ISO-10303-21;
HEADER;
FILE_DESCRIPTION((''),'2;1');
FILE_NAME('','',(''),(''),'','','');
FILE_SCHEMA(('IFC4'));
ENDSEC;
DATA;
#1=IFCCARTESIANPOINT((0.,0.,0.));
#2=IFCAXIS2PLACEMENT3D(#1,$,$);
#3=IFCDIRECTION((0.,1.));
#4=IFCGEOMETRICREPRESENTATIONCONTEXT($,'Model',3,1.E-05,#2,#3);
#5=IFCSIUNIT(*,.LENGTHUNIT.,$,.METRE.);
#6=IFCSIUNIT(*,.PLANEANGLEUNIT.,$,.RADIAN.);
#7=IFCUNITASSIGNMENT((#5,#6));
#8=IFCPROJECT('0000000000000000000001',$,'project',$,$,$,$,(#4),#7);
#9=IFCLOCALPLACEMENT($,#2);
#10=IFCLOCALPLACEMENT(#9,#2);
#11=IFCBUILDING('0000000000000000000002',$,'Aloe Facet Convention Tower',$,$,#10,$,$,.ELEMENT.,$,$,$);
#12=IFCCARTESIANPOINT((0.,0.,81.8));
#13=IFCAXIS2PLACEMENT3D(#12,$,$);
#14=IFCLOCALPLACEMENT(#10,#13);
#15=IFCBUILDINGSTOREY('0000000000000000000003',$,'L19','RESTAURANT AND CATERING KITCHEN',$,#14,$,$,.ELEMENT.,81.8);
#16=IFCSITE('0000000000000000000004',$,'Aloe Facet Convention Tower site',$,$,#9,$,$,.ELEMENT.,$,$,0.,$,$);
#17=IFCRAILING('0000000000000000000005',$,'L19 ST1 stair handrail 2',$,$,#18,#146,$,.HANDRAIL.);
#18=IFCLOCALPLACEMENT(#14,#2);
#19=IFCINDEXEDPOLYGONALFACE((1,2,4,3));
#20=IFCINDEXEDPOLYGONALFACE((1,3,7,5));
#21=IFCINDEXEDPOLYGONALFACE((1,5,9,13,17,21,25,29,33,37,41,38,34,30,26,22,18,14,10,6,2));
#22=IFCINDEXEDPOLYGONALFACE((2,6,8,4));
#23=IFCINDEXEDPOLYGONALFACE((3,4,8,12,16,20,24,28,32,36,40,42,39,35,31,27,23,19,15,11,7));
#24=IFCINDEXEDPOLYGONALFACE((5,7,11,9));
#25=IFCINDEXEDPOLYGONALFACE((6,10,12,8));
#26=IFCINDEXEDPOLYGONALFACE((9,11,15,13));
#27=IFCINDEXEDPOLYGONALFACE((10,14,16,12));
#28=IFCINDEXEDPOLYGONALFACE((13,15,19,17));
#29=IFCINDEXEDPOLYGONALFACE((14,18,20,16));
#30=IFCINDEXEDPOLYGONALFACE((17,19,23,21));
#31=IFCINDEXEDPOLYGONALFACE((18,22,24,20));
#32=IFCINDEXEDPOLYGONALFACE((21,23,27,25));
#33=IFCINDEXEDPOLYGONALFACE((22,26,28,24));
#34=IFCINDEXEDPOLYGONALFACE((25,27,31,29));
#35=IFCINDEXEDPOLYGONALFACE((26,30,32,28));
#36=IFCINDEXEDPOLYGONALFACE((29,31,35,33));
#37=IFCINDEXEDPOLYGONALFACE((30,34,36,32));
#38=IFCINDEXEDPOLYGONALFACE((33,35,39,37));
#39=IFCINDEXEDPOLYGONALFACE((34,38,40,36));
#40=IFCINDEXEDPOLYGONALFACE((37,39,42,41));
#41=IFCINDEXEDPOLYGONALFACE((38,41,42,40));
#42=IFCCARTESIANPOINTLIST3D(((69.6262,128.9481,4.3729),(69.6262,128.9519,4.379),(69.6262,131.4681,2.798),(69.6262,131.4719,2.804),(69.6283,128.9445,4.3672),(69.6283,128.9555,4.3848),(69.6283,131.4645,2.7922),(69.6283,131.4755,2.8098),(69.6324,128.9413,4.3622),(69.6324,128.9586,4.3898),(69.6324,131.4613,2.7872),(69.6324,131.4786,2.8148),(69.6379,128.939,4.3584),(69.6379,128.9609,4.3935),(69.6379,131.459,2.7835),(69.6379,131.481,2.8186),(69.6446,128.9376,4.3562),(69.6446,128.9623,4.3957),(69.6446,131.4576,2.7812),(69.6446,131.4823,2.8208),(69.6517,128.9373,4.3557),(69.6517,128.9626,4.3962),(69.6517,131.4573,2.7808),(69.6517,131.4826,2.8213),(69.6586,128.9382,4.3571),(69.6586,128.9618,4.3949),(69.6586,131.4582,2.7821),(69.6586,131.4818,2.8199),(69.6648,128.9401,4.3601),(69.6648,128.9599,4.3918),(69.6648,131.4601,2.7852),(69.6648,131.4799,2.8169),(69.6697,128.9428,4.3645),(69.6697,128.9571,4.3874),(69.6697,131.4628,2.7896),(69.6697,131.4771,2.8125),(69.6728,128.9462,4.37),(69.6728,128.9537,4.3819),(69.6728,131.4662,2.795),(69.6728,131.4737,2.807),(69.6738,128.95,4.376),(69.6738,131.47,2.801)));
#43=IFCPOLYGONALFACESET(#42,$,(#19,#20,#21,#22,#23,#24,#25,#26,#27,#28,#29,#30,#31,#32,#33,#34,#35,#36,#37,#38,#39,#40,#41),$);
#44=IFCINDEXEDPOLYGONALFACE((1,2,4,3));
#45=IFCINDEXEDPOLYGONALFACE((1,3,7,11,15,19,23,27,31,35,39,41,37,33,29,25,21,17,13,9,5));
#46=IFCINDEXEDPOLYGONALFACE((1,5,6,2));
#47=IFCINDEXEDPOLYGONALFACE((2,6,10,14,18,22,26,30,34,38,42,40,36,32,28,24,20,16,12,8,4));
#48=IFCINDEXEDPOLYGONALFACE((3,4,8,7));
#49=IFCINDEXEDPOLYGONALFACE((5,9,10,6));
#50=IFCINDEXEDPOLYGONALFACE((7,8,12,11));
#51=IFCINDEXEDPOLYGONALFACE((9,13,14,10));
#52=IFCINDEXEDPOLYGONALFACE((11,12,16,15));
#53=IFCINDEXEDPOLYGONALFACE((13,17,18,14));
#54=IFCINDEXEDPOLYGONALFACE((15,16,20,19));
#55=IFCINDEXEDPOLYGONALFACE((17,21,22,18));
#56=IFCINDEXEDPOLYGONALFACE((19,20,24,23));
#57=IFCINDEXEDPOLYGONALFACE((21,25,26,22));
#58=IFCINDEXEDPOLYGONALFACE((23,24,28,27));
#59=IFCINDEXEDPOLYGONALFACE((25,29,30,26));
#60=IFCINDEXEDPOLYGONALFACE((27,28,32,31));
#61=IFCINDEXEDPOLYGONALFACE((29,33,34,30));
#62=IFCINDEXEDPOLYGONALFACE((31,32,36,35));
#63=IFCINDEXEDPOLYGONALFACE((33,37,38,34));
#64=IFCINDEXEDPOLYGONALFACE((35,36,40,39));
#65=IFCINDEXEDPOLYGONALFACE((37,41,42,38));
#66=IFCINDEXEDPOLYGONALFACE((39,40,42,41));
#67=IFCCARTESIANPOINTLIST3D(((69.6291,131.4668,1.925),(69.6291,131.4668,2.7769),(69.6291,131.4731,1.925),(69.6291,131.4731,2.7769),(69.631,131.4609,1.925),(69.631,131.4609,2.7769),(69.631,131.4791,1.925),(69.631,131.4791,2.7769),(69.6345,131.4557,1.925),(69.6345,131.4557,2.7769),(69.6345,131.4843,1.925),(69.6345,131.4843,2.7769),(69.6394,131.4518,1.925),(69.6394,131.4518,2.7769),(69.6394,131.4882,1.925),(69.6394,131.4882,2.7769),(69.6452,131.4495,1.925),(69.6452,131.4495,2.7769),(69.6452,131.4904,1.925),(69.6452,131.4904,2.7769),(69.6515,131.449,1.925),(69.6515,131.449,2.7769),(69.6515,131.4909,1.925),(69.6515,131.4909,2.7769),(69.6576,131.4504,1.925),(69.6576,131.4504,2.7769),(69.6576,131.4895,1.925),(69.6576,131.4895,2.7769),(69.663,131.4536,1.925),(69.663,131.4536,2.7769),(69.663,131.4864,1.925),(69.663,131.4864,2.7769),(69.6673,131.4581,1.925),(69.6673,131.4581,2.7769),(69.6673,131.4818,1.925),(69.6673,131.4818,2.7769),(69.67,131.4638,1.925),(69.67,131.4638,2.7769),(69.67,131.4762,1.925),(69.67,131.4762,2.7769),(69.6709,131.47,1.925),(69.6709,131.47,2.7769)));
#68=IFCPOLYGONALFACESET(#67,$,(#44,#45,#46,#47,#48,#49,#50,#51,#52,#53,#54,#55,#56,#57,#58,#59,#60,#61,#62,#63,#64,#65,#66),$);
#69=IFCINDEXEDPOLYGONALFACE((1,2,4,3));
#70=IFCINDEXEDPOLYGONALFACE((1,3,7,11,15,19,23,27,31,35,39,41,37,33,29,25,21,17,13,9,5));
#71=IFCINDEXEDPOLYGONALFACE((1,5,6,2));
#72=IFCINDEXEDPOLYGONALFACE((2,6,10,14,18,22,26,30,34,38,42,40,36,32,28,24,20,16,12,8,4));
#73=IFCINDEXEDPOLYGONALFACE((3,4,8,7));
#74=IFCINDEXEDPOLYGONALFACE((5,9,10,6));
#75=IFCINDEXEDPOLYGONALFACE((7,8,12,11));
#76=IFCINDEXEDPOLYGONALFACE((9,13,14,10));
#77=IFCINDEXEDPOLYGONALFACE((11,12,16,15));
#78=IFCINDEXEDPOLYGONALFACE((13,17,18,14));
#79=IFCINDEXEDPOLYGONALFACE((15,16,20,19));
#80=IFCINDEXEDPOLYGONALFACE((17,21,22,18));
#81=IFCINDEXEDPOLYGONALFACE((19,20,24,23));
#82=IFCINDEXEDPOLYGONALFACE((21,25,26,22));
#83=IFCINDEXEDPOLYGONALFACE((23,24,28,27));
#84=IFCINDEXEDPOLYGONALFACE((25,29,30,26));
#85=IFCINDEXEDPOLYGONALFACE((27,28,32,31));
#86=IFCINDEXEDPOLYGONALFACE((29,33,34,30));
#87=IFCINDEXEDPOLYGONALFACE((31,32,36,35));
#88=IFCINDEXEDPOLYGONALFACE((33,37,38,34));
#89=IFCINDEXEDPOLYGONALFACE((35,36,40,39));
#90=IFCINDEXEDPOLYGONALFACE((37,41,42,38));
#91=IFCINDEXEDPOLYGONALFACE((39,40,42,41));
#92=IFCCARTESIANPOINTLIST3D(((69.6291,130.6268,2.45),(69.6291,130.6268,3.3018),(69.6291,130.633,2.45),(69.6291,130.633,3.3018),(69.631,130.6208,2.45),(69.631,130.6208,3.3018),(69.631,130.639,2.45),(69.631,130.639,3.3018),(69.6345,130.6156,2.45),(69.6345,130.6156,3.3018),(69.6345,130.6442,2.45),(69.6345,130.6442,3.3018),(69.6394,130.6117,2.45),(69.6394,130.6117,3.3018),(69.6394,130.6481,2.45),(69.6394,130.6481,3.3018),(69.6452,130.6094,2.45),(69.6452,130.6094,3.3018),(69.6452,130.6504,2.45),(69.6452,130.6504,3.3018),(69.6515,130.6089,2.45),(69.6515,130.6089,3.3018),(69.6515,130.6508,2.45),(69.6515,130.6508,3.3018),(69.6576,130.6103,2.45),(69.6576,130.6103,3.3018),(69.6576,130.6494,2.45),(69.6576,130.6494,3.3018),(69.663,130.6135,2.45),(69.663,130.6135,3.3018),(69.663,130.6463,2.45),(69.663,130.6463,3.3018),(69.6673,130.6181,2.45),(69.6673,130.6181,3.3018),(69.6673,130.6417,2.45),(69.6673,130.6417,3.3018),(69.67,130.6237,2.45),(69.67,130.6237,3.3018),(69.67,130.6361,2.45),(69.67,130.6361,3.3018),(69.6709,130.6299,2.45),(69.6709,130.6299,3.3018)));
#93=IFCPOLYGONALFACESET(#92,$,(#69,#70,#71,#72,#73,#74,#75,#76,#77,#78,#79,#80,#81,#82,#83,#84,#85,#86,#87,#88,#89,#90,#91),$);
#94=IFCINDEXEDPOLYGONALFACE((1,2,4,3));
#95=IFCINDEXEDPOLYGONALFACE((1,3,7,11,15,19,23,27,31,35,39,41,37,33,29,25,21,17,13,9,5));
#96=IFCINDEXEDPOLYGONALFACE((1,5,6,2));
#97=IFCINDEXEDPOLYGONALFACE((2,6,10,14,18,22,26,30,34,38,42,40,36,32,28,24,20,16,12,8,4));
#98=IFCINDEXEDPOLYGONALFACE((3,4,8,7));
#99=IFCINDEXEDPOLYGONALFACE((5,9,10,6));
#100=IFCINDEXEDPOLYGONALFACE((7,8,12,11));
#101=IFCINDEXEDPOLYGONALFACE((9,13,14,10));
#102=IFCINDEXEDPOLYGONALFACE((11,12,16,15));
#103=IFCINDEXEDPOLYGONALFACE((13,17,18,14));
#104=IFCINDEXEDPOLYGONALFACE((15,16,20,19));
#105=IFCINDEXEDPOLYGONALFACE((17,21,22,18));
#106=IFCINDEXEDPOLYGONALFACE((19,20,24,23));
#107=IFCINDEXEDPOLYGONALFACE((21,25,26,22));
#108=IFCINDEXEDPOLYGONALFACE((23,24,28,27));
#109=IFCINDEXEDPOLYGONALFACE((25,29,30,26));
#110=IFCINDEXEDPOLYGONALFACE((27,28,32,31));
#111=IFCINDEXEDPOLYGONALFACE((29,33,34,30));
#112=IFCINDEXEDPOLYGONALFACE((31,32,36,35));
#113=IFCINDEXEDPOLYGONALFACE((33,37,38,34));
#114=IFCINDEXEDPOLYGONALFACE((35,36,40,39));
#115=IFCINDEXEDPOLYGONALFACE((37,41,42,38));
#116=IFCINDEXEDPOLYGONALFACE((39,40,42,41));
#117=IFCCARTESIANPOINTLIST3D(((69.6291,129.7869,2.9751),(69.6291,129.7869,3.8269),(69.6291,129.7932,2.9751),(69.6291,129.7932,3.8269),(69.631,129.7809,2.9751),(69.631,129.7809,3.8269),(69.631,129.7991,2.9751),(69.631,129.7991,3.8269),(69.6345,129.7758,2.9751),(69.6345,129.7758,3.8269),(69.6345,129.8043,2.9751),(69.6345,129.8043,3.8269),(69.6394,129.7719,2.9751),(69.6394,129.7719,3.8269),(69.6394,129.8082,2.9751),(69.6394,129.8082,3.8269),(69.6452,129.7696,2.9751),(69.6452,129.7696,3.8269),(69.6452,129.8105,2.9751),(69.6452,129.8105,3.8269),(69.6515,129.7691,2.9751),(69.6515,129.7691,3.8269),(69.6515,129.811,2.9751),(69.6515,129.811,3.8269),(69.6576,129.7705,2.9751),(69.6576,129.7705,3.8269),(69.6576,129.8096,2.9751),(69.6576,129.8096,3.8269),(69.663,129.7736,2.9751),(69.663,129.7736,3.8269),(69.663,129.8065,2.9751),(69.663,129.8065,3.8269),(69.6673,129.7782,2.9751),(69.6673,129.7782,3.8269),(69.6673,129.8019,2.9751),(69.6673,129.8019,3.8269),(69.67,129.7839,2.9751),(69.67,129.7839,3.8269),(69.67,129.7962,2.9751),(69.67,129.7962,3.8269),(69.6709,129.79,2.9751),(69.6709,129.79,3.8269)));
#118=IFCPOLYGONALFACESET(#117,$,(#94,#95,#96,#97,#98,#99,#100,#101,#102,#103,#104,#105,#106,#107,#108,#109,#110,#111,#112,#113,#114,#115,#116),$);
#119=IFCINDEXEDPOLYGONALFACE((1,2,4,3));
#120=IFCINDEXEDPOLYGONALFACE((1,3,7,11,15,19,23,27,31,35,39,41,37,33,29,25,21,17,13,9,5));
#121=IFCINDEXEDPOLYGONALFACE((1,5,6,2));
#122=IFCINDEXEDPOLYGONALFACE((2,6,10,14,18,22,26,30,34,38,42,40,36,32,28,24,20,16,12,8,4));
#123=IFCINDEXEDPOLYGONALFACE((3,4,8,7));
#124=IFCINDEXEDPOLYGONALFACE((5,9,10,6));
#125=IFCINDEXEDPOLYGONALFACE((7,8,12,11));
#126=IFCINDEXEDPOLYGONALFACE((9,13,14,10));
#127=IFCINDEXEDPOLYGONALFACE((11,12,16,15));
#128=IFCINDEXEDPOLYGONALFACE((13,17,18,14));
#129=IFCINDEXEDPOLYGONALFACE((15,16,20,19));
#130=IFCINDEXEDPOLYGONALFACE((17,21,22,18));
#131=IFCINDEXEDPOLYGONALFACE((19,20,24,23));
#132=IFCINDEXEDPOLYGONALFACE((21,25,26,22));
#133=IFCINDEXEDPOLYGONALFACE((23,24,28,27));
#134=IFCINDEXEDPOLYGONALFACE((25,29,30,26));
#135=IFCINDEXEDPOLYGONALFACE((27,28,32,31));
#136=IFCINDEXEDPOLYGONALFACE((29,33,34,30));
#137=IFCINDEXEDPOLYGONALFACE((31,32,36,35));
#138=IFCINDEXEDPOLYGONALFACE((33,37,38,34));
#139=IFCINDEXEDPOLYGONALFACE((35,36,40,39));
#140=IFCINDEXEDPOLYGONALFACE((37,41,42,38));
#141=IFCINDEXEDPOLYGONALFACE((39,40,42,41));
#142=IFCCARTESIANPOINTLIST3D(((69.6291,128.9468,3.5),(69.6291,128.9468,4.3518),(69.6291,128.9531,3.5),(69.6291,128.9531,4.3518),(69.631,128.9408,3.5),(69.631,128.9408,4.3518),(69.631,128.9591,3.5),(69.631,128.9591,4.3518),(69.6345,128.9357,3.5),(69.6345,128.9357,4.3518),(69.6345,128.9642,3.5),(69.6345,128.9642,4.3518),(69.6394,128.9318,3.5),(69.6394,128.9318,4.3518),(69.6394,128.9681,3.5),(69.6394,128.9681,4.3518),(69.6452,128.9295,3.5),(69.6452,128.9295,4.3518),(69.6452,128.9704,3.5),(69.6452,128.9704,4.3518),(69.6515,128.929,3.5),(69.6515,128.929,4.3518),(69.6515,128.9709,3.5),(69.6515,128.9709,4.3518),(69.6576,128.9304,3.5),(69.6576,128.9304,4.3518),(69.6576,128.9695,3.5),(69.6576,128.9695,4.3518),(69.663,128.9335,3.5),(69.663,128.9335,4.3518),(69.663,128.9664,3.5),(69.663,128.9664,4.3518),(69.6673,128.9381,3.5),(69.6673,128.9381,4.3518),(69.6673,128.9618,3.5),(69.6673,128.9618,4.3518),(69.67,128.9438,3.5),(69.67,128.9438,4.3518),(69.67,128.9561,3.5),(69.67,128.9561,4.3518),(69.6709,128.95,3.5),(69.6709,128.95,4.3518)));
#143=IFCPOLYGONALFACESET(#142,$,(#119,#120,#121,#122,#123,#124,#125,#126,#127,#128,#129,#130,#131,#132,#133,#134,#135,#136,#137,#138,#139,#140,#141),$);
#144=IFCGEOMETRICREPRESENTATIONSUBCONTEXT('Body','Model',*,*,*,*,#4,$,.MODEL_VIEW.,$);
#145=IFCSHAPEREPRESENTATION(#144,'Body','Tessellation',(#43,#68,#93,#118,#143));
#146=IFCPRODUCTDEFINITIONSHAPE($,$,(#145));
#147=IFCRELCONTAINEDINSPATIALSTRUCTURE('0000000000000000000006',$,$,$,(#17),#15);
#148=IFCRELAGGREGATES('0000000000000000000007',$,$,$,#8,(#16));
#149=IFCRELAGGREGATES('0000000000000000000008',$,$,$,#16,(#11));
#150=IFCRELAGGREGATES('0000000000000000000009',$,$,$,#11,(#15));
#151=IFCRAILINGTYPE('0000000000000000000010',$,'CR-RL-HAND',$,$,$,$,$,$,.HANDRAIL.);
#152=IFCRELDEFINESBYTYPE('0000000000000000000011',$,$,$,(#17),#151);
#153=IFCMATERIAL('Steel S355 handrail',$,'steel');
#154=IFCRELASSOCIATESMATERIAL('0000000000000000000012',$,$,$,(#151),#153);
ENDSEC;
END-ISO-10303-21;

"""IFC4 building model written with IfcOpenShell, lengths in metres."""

from ifc_helpers import new_model, si_unit, direction, frame, origin, origin_2d, place, context, subcontext, project, spatial, circle, extrude, material, type_object, element, save


model = new_model("IFC4")

# Units and contexts
model_context = context("Model", 3, precision=1e-05, world=origin(), true_north=direction((0.0, 1.0)))
body_context = subcontext(model_context, "Body", "Model", "MODEL_VIEW")
ifc_project = project(units=[si_unit("LENGTHUNIT", "METRE"), si_unit("PLANEANGLEUNIT", "RADIAN")], contexts=[model_context])

# Site, building, storey
site_placement = place(None, origin())
site = spatial("IfcSite", under=ifc_project, at=site_placement, Name="Aloe Facet Convention Tower site", CompositionType="ELEMENT", RefElevation=0.0)
building_placement = place(site_placement, origin())
building = spatial("IfcBuilding", under=site, at=building_placement, Name="Aloe Facet Convention Tower", CompositionType="ELEMENT")
storey_placement = place(building_placement, frame((0.0, 0.0, 81.8)))
storey = spatial("IfcBuildingStorey", under=building, at=storey_placement, Name="L19", Description="RESTAURANT AND CATERING KITCHEN", CompositionType="ELEMENT", Elevation=81.8)

# Railing
ifc_material_1 = material(Name="Steel S355 handrail", Category="steel")
railing_type_1 = type_object("IfcRailingType", Name="CR-RL-HAND", PredefinedType="HANDRAIL", material=ifc_material_1)
railing_1_placement = place(storey_placement, frame((69.6499, 131.47, 1.925)))
element("IfcRailing", 1, at=railing_1_placement, inside=storey, type_object=railing_type_1, Name="L19 ST1 stair handrail 2", PredefinedType="HANDRAIL", context=body_context, shape_type="SweptSolid", body=[
    extrude(circle(Radius=0.0239, at=origin_2d()), frame((0.0, 0.0, 0.876), z_axis=(0.0, -0.848008, 0.529984), x_axis=(1.0, 0.0, 0.0)), (0.0, 0.0, 1.0), 2.9717),
    extrude(circle(Radius=0.021, at=origin_2d()), origin(), (0.0, 0.0, 1.0), 0.8518),
    extrude(circle(Radius=0.021, at=origin_2d()), frame((0.0, -0.8401, 0.5249)), (0.0, 0.0, 1.0), 0.8518),
    extrude(circle(Radius=0.021, at=origin_2d()), frame((0.0, -1.6799, 1.05)), (0.0, 0.0, 1.0), 0.8518),
    extrude(circle(Radius=0.021, at=origin_2d()), frame((0.0, -2.52, 1.575)), (0.0, 0.0, 1.0), 0.8518),
])

save(model, "model.ifc")
